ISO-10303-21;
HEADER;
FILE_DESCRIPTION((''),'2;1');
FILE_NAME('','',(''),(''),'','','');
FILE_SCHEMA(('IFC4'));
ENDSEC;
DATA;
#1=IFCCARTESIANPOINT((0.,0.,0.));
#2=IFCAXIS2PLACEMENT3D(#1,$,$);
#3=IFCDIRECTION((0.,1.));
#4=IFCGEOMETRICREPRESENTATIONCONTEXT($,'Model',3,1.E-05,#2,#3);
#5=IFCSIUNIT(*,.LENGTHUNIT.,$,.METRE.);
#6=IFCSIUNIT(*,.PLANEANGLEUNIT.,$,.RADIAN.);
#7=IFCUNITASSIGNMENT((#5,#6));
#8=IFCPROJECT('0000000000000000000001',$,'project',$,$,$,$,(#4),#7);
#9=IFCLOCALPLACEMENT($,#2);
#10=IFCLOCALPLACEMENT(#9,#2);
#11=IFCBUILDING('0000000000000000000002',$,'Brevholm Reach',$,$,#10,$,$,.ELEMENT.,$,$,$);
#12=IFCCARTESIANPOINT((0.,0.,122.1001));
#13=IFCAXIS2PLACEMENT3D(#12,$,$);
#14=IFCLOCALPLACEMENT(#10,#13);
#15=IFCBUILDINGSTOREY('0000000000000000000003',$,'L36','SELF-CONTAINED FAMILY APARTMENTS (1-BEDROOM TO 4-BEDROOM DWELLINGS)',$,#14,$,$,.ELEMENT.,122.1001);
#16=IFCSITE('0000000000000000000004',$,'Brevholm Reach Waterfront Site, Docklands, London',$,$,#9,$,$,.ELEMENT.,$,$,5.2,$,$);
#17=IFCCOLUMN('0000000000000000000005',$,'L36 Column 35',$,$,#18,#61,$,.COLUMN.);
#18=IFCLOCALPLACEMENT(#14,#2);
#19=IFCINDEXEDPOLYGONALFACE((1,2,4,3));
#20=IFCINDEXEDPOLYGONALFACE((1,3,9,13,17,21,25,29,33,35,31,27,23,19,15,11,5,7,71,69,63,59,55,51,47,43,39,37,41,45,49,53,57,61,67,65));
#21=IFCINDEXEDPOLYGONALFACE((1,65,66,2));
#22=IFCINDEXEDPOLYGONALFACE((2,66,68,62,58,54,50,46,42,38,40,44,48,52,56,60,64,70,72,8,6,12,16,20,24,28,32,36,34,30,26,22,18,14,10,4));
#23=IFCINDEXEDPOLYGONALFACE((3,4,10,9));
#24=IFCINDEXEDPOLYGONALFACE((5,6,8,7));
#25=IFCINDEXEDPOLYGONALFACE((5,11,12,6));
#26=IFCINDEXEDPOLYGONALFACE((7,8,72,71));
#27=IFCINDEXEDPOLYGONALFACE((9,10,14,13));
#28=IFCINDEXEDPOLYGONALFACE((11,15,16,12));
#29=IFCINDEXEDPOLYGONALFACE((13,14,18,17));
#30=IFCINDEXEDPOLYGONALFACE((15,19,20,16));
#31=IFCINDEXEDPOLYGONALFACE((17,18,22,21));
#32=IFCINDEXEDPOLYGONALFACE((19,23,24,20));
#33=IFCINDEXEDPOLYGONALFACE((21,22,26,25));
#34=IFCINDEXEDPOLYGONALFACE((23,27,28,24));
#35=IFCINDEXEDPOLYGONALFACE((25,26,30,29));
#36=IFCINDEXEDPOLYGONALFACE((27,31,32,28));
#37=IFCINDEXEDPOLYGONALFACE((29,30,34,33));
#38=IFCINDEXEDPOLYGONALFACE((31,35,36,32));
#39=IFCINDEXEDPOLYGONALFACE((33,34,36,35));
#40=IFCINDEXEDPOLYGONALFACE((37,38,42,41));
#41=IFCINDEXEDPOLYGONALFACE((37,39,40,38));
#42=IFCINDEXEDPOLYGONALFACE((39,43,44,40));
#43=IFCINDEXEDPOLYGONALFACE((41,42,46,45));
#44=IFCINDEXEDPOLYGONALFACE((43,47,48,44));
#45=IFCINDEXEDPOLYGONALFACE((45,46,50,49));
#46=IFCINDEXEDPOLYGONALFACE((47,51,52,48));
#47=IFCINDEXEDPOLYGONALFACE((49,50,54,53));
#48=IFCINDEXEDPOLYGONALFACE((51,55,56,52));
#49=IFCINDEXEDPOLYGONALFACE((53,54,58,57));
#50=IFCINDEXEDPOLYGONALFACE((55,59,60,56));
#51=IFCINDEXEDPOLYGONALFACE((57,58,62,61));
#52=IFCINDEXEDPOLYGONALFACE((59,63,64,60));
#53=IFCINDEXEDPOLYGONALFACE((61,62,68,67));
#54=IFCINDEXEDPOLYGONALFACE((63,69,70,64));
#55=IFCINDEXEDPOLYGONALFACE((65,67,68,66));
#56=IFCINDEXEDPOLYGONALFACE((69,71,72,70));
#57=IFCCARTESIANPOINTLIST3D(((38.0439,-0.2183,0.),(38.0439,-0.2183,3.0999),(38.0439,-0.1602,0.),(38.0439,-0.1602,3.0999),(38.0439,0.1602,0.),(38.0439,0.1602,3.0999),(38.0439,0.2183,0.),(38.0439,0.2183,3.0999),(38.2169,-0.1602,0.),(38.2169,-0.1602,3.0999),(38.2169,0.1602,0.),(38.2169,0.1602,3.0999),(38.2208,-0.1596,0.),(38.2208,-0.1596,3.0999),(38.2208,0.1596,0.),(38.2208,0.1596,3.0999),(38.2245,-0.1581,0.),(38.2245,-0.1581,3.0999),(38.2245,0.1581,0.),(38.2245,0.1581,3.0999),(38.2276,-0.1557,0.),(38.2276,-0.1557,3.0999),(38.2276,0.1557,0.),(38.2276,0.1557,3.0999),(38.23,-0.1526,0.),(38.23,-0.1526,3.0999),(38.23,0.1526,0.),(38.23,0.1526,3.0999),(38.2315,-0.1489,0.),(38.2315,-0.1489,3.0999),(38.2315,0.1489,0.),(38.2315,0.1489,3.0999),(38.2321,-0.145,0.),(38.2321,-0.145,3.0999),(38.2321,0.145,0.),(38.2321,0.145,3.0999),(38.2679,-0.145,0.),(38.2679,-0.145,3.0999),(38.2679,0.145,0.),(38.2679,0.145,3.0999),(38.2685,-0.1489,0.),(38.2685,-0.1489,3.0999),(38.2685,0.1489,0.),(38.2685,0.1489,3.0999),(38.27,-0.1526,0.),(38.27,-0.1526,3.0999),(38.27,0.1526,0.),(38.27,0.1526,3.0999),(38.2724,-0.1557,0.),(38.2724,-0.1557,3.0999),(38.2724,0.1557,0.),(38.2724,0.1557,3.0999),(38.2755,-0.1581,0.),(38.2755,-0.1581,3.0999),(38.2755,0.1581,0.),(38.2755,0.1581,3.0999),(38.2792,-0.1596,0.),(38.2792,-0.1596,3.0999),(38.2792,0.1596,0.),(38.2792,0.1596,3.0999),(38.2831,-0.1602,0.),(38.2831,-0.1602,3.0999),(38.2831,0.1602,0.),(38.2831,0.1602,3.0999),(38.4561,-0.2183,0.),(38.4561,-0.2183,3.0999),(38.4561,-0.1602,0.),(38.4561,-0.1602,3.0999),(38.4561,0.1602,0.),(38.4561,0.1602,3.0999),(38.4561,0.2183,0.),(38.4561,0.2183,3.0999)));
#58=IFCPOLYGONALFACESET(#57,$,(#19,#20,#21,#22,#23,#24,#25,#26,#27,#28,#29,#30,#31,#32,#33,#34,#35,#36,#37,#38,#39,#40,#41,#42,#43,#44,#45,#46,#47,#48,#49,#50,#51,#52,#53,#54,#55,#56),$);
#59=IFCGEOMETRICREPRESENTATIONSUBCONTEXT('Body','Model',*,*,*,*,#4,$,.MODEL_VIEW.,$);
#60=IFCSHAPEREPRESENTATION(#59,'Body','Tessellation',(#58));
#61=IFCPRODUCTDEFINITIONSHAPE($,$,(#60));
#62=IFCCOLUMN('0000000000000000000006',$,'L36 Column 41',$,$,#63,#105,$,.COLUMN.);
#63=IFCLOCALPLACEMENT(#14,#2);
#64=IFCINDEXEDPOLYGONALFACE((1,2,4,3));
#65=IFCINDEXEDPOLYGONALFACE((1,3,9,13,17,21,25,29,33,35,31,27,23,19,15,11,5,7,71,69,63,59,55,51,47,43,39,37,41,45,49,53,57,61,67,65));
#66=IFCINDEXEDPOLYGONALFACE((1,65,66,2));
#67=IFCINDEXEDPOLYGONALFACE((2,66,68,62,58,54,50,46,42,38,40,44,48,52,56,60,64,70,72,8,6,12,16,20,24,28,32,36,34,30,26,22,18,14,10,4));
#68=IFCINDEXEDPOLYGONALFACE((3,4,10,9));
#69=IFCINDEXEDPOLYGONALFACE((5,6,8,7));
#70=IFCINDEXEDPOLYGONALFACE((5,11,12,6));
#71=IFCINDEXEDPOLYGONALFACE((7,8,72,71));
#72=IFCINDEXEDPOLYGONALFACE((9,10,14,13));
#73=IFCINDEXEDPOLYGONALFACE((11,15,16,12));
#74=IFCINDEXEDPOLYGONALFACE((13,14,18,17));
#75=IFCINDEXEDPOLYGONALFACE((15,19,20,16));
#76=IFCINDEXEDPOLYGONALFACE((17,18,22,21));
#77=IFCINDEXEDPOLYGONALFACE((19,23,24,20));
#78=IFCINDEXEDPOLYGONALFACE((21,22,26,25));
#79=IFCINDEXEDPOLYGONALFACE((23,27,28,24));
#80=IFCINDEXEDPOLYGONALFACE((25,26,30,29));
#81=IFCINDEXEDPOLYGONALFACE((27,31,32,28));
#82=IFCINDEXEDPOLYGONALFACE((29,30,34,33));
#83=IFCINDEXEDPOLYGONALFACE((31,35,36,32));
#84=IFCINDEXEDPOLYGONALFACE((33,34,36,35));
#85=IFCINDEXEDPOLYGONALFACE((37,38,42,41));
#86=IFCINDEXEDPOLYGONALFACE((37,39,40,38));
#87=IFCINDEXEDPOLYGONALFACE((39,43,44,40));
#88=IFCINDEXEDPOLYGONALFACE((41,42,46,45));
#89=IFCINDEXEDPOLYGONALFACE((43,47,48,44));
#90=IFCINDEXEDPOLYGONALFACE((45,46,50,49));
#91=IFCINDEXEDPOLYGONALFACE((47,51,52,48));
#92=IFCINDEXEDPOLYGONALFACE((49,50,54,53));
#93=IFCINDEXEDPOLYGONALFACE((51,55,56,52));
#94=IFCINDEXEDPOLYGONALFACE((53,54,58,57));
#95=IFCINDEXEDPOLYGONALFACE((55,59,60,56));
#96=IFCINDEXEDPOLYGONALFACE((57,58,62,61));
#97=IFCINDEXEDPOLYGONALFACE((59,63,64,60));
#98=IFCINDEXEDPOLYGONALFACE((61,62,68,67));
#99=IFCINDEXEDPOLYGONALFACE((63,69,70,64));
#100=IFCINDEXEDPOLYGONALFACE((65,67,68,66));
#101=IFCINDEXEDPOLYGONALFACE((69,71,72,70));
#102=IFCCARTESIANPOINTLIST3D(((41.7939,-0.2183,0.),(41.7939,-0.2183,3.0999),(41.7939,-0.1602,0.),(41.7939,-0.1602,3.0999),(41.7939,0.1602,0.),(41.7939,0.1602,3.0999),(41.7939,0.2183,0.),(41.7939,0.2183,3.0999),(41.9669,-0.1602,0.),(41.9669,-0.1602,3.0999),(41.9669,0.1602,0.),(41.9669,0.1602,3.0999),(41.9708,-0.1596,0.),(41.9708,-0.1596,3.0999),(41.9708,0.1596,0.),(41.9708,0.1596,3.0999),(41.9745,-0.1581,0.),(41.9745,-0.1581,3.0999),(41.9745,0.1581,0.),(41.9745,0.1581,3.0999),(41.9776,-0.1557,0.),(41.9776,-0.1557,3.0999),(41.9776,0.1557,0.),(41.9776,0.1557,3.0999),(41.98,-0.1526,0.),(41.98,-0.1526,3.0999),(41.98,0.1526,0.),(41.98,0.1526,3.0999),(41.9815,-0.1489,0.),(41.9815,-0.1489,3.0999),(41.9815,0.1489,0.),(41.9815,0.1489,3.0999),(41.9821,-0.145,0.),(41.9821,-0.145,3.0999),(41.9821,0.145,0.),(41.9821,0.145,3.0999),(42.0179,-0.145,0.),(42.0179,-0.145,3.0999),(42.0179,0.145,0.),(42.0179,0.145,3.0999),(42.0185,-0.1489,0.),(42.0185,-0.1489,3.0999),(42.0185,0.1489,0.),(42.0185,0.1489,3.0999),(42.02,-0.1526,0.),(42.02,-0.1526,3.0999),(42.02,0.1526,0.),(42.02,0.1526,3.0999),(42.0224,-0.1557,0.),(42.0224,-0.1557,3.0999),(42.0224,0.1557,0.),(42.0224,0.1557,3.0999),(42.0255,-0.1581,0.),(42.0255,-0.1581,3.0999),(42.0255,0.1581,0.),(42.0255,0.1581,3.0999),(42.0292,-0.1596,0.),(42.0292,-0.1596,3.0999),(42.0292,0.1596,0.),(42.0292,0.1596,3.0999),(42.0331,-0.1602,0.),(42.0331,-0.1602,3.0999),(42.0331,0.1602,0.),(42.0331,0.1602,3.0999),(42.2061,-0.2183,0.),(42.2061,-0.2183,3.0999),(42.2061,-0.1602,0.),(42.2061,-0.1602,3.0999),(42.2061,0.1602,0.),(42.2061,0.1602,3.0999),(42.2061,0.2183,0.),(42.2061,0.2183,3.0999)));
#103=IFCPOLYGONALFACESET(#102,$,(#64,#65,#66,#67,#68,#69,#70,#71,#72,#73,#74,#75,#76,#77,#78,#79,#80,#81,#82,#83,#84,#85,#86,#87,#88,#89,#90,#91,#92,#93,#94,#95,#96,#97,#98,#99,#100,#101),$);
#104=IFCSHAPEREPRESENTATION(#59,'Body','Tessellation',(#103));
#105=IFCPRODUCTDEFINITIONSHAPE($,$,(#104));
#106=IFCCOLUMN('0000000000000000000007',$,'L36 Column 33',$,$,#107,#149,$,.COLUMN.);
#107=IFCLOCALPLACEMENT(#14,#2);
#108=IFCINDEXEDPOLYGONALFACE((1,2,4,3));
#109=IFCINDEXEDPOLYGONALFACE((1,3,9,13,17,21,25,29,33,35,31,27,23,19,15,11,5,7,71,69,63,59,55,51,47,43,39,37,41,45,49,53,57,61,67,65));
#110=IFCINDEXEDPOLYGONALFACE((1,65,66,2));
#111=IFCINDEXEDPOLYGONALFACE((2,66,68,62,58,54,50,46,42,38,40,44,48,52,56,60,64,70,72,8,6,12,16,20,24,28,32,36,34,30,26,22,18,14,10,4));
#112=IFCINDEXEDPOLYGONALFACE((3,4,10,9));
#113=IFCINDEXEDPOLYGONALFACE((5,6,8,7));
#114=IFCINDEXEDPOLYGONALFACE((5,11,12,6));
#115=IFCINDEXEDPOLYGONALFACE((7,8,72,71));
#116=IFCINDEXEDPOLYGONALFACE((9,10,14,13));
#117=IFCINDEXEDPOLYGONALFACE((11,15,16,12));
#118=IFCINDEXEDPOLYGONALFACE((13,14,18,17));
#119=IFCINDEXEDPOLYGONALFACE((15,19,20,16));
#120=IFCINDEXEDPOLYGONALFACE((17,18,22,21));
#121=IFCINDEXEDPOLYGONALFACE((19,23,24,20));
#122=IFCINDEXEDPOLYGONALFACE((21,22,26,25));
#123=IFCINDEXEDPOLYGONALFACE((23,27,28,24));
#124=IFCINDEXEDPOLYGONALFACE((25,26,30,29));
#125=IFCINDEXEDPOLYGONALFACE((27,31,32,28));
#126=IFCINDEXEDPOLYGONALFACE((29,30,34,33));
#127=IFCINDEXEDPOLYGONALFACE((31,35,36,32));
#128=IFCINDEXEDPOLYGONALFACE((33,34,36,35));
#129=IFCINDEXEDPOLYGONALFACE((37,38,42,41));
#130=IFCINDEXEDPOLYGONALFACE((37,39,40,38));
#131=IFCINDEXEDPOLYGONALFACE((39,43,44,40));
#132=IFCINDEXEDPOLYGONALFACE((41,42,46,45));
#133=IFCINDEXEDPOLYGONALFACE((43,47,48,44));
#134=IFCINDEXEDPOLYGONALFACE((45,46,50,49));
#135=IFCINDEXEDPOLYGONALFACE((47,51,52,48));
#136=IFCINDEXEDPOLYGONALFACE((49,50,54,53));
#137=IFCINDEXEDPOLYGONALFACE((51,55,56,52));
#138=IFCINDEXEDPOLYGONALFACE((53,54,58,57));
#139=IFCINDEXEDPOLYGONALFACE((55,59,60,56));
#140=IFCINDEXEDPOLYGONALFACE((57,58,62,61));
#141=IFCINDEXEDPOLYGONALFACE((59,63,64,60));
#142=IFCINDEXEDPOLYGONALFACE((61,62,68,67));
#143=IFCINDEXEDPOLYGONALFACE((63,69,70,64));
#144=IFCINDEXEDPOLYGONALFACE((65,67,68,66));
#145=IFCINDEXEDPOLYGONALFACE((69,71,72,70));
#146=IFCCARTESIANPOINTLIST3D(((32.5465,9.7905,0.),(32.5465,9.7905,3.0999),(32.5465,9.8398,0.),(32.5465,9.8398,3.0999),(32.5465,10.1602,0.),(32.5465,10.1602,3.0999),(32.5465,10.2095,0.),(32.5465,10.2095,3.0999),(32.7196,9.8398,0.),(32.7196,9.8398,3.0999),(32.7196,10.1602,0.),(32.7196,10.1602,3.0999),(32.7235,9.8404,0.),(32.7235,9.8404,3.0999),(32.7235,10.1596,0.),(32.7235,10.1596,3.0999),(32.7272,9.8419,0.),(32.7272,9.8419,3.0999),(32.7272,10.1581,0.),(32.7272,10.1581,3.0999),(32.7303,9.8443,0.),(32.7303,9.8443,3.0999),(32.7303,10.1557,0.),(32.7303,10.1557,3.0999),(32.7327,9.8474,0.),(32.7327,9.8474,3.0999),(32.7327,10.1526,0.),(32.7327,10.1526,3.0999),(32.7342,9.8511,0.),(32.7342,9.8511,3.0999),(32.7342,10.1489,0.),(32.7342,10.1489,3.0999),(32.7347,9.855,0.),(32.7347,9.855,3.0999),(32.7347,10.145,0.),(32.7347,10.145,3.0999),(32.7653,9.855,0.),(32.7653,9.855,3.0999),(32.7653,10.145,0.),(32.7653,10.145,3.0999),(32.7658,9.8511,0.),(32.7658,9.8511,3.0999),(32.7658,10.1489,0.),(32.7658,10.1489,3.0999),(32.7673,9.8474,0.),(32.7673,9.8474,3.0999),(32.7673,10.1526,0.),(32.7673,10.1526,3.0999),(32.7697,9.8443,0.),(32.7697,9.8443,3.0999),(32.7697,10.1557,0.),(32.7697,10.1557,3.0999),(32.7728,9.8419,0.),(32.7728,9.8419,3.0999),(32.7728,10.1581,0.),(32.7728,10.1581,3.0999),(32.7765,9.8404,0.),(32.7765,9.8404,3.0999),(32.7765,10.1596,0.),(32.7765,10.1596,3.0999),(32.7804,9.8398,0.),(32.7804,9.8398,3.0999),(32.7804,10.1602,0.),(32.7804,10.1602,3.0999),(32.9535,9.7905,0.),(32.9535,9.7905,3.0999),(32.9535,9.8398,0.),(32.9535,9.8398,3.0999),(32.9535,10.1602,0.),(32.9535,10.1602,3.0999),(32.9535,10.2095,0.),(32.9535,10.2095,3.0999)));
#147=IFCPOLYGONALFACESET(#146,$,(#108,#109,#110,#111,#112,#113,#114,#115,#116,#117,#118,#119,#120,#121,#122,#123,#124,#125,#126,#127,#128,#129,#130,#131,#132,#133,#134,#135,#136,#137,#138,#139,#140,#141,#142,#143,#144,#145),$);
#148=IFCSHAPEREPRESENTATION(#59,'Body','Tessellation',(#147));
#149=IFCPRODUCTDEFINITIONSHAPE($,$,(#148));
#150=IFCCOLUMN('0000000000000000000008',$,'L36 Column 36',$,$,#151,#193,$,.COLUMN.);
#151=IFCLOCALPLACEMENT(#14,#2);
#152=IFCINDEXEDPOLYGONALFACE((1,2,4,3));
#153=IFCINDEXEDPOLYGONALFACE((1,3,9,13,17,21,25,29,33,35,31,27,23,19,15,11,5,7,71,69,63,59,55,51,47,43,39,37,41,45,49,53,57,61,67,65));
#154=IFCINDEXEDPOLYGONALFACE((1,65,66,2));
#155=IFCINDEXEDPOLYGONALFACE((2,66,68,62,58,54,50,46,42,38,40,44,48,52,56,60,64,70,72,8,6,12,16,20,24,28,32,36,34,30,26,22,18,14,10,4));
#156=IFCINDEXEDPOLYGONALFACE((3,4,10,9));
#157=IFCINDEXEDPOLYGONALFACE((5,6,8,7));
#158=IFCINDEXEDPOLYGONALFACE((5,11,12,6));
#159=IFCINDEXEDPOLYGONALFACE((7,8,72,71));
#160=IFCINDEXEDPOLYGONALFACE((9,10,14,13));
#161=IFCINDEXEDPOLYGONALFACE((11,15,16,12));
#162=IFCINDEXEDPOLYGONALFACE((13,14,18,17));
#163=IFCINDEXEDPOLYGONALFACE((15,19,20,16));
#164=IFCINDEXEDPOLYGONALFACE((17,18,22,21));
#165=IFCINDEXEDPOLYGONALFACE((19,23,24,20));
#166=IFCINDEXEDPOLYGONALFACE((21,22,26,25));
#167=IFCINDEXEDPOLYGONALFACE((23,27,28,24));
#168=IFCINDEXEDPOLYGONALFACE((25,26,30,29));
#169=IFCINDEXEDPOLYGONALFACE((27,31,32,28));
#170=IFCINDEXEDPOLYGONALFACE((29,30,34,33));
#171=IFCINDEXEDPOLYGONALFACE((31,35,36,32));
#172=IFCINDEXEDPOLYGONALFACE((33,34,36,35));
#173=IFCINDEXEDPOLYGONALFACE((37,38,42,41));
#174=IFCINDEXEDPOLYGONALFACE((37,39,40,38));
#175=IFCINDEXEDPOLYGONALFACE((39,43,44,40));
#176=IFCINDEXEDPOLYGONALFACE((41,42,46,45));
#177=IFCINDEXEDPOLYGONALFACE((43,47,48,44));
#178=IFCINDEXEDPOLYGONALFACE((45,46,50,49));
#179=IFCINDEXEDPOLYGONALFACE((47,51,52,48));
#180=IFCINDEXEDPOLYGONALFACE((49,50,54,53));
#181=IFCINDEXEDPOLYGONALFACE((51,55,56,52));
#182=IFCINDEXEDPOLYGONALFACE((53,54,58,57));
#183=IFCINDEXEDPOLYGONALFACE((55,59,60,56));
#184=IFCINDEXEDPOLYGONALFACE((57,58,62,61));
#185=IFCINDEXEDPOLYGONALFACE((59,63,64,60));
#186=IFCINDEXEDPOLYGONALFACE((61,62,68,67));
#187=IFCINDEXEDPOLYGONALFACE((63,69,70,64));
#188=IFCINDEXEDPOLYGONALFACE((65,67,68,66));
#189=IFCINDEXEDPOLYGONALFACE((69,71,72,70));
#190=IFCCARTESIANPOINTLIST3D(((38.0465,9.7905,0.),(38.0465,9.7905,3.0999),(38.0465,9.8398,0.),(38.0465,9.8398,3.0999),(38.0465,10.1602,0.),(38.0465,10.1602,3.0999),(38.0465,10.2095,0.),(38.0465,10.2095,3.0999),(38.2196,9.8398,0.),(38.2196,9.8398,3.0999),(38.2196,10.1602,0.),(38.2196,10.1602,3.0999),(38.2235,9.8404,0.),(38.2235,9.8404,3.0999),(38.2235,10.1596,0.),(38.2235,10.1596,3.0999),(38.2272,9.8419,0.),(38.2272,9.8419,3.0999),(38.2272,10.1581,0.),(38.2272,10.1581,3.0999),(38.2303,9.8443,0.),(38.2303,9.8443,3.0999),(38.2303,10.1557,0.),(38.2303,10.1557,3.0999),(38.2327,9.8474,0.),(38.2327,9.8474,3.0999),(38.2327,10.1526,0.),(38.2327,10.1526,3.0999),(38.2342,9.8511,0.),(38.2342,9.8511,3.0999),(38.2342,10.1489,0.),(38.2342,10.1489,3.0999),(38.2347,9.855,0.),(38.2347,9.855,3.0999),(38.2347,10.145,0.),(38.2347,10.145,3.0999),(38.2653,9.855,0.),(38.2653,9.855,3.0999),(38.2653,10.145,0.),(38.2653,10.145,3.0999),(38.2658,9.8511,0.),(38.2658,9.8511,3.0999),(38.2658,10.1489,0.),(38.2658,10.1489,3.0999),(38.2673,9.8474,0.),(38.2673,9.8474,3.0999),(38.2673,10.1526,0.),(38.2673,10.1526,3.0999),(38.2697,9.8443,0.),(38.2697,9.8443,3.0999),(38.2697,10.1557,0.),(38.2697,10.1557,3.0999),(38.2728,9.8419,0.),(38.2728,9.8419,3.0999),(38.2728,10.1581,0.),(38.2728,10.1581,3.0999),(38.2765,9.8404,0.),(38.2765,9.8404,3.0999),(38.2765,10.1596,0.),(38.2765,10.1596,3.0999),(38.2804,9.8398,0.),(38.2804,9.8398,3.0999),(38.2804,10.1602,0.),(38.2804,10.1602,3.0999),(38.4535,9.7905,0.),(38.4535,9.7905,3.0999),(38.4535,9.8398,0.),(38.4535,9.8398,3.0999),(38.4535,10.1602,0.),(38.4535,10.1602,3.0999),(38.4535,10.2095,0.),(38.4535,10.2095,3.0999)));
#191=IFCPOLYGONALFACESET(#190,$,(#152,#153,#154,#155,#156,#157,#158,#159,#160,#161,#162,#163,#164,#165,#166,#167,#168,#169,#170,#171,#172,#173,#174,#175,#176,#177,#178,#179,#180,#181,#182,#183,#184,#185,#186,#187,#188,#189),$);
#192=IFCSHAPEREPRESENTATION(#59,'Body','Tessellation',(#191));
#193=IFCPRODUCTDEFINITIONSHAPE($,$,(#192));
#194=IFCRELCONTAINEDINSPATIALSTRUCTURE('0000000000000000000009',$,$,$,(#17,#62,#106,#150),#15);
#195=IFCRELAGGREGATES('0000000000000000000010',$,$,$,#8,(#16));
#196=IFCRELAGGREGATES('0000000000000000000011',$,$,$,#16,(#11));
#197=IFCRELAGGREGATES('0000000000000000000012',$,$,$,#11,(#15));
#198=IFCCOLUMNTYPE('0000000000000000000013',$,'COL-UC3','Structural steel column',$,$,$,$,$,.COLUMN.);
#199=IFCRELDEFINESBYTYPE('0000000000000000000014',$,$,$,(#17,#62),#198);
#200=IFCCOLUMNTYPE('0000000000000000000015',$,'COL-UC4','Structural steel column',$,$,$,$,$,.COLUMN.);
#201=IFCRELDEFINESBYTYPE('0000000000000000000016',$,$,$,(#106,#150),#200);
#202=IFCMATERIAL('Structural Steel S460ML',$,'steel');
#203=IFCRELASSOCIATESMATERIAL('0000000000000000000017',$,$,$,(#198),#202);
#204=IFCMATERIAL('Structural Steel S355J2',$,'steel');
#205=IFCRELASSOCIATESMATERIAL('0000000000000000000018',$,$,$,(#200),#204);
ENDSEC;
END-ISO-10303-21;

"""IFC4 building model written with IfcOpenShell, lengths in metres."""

from ifc_helpers import new_model, si_unit, direction, frame, origin, origin_2d, place, context, subcontext, project, spatial, i_section, extrude, material, material_profile, profile_set, type_object, element, save


model = new_model("IFC4")

# Units and contexts
model_context = context("Model", 3, precision=1e-05, world=origin(), true_north=direction((0.0, 1.0)))
body_context = subcontext(model_context, "Body", "Model", "MODEL_VIEW")
ifc_project = project(units=[si_unit("LENGTHUNIT", "METRE"), si_unit("PLANEANGLEUNIT", "RADIAN")], contexts=[model_context])

# Site, building, storey
site_placement = place(None, origin())
site = spatial("IfcSite", under=ifc_project, at=site_placement, Name="Brevholm Reach Waterfront Site, Docklands, London", CompositionType="ELEMENT", RefElevation=5.2)
building_placement = place(site_placement, origin())
building = spatial("IfcBuilding", under=site, at=building_placement, Name="Brevholm Reach", CompositionType="ELEMENT")
storey_placement = place(building_placement, frame((0.0, 0.0, 122.1001)))
storey = spatial("IfcBuildingStorey", under=building, at=storey_placement, Name="L36", Description="SELF-CONTAINED FAMILY APARTMENTS (1-BEDROOM TO 4-BEDROOM DWELLINGS)", CompositionType="ELEMENT", Elevation=122.1001)

# Columns
ifc_material_1 = material(Name="Structural Steel S460ML", Category="steel")
ifc_material_profile_1 = material_profile(ifc_material_1, i_section(OverallWidth=0.4121, OverallDepth=0.4365, WebThickness=0.0359, FlangeThickness=0.0581, FilletRadius=0.0151, at=origin_2d()), Name="UKC 356x406x467")
ifc_profile_set_1 = profile_set([ifc_material_profile_1], Name="Structural Steel S460ML")
column_type_1 = type_object("IfcColumnType", Name="COL-UC3", Description="Structural steel column", PredefinedType="COLUMN", material=ifc_profile_set_1)
for number, where, z_axis, x_axis, name in (
    (1, (38.25, 0.0, 0.0), (0.0, 0.0, 1.0), (1.0, 0.0, 0.0), "L36 Column 35"),
    (2, (42.0, 0.0, 0.0), (0.0, 0.0, 1.0), (1.0, 0.0, 0.0), "L36 Column 41"),
):
    element("IfcColumn", number, at=place(storey_placement, frame(where, z_axis=z_axis, x_axis=x_axis)), inside=storey, type_object=column_type_1, Name=name, PredefinedType="COLUMN", context=body_context, shape_type="SweptSolid", body=[
        extrude(i_section(OverallWidth=0.4121, OverallDepth=0.4365, WebThickness=0.0359, FlangeThickness=0.0581, FilletRadius=0.0151, at=origin_2d()), origin(), (0.0, 0.0, 1.0), 3.0999),
    ])
ifc_material_2 = material(Name="Structural Steel S355J2", Category="steel")
ifc_material_profile_2 = material_profile(ifc_material_2, i_section(OverallWidth=0.407, OverallDepth=0.4189, WebThickness=0.0305, FlangeThickness=0.0493, FilletRadius=0.0151, at=origin_2d()), Name="UKC 356x406x393")
ifc_profile_set_2 = profile_set([ifc_material_profile_2], Name="Structural Steel S355J2")
column_type_2 = type_object("IfcColumnType", Name="COL-UC4", Description="Structural steel column", PredefinedType="COLUMN", material=ifc_profile_set_2)
for number, where, z_axis, x_axis, name in (
    (3, (32.75, 10.0, 0.0), (0.0, 0.0, 1.0), (1.0, 0.0, 0.0), "L36 Column 33"),
    (4, (38.25, 10.0, 0.0), (0.0, 0.0, 1.0), (1.0, 0.0, 0.0), "L36 Column 36"),
):
    element("IfcColumn", number, at=place(storey_placement, frame(where, z_axis=z_axis, x_axis=x_axis)), inside=storey, type_object=column_type_2, Name=name, PredefinedType="COLUMN", context=body_context, shape_type="SweptSolid", body=[
        extrude(i_section(OverallWidth=0.407, OverallDepth=0.4189, WebThickness=0.0305, FlangeThickness=0.0493, FilletRadius=0.0151, at=origin_2d()), origin(), (0.0, 0.0, 1.0), 3.0999),
    ])

save(model, "model.ifc")
